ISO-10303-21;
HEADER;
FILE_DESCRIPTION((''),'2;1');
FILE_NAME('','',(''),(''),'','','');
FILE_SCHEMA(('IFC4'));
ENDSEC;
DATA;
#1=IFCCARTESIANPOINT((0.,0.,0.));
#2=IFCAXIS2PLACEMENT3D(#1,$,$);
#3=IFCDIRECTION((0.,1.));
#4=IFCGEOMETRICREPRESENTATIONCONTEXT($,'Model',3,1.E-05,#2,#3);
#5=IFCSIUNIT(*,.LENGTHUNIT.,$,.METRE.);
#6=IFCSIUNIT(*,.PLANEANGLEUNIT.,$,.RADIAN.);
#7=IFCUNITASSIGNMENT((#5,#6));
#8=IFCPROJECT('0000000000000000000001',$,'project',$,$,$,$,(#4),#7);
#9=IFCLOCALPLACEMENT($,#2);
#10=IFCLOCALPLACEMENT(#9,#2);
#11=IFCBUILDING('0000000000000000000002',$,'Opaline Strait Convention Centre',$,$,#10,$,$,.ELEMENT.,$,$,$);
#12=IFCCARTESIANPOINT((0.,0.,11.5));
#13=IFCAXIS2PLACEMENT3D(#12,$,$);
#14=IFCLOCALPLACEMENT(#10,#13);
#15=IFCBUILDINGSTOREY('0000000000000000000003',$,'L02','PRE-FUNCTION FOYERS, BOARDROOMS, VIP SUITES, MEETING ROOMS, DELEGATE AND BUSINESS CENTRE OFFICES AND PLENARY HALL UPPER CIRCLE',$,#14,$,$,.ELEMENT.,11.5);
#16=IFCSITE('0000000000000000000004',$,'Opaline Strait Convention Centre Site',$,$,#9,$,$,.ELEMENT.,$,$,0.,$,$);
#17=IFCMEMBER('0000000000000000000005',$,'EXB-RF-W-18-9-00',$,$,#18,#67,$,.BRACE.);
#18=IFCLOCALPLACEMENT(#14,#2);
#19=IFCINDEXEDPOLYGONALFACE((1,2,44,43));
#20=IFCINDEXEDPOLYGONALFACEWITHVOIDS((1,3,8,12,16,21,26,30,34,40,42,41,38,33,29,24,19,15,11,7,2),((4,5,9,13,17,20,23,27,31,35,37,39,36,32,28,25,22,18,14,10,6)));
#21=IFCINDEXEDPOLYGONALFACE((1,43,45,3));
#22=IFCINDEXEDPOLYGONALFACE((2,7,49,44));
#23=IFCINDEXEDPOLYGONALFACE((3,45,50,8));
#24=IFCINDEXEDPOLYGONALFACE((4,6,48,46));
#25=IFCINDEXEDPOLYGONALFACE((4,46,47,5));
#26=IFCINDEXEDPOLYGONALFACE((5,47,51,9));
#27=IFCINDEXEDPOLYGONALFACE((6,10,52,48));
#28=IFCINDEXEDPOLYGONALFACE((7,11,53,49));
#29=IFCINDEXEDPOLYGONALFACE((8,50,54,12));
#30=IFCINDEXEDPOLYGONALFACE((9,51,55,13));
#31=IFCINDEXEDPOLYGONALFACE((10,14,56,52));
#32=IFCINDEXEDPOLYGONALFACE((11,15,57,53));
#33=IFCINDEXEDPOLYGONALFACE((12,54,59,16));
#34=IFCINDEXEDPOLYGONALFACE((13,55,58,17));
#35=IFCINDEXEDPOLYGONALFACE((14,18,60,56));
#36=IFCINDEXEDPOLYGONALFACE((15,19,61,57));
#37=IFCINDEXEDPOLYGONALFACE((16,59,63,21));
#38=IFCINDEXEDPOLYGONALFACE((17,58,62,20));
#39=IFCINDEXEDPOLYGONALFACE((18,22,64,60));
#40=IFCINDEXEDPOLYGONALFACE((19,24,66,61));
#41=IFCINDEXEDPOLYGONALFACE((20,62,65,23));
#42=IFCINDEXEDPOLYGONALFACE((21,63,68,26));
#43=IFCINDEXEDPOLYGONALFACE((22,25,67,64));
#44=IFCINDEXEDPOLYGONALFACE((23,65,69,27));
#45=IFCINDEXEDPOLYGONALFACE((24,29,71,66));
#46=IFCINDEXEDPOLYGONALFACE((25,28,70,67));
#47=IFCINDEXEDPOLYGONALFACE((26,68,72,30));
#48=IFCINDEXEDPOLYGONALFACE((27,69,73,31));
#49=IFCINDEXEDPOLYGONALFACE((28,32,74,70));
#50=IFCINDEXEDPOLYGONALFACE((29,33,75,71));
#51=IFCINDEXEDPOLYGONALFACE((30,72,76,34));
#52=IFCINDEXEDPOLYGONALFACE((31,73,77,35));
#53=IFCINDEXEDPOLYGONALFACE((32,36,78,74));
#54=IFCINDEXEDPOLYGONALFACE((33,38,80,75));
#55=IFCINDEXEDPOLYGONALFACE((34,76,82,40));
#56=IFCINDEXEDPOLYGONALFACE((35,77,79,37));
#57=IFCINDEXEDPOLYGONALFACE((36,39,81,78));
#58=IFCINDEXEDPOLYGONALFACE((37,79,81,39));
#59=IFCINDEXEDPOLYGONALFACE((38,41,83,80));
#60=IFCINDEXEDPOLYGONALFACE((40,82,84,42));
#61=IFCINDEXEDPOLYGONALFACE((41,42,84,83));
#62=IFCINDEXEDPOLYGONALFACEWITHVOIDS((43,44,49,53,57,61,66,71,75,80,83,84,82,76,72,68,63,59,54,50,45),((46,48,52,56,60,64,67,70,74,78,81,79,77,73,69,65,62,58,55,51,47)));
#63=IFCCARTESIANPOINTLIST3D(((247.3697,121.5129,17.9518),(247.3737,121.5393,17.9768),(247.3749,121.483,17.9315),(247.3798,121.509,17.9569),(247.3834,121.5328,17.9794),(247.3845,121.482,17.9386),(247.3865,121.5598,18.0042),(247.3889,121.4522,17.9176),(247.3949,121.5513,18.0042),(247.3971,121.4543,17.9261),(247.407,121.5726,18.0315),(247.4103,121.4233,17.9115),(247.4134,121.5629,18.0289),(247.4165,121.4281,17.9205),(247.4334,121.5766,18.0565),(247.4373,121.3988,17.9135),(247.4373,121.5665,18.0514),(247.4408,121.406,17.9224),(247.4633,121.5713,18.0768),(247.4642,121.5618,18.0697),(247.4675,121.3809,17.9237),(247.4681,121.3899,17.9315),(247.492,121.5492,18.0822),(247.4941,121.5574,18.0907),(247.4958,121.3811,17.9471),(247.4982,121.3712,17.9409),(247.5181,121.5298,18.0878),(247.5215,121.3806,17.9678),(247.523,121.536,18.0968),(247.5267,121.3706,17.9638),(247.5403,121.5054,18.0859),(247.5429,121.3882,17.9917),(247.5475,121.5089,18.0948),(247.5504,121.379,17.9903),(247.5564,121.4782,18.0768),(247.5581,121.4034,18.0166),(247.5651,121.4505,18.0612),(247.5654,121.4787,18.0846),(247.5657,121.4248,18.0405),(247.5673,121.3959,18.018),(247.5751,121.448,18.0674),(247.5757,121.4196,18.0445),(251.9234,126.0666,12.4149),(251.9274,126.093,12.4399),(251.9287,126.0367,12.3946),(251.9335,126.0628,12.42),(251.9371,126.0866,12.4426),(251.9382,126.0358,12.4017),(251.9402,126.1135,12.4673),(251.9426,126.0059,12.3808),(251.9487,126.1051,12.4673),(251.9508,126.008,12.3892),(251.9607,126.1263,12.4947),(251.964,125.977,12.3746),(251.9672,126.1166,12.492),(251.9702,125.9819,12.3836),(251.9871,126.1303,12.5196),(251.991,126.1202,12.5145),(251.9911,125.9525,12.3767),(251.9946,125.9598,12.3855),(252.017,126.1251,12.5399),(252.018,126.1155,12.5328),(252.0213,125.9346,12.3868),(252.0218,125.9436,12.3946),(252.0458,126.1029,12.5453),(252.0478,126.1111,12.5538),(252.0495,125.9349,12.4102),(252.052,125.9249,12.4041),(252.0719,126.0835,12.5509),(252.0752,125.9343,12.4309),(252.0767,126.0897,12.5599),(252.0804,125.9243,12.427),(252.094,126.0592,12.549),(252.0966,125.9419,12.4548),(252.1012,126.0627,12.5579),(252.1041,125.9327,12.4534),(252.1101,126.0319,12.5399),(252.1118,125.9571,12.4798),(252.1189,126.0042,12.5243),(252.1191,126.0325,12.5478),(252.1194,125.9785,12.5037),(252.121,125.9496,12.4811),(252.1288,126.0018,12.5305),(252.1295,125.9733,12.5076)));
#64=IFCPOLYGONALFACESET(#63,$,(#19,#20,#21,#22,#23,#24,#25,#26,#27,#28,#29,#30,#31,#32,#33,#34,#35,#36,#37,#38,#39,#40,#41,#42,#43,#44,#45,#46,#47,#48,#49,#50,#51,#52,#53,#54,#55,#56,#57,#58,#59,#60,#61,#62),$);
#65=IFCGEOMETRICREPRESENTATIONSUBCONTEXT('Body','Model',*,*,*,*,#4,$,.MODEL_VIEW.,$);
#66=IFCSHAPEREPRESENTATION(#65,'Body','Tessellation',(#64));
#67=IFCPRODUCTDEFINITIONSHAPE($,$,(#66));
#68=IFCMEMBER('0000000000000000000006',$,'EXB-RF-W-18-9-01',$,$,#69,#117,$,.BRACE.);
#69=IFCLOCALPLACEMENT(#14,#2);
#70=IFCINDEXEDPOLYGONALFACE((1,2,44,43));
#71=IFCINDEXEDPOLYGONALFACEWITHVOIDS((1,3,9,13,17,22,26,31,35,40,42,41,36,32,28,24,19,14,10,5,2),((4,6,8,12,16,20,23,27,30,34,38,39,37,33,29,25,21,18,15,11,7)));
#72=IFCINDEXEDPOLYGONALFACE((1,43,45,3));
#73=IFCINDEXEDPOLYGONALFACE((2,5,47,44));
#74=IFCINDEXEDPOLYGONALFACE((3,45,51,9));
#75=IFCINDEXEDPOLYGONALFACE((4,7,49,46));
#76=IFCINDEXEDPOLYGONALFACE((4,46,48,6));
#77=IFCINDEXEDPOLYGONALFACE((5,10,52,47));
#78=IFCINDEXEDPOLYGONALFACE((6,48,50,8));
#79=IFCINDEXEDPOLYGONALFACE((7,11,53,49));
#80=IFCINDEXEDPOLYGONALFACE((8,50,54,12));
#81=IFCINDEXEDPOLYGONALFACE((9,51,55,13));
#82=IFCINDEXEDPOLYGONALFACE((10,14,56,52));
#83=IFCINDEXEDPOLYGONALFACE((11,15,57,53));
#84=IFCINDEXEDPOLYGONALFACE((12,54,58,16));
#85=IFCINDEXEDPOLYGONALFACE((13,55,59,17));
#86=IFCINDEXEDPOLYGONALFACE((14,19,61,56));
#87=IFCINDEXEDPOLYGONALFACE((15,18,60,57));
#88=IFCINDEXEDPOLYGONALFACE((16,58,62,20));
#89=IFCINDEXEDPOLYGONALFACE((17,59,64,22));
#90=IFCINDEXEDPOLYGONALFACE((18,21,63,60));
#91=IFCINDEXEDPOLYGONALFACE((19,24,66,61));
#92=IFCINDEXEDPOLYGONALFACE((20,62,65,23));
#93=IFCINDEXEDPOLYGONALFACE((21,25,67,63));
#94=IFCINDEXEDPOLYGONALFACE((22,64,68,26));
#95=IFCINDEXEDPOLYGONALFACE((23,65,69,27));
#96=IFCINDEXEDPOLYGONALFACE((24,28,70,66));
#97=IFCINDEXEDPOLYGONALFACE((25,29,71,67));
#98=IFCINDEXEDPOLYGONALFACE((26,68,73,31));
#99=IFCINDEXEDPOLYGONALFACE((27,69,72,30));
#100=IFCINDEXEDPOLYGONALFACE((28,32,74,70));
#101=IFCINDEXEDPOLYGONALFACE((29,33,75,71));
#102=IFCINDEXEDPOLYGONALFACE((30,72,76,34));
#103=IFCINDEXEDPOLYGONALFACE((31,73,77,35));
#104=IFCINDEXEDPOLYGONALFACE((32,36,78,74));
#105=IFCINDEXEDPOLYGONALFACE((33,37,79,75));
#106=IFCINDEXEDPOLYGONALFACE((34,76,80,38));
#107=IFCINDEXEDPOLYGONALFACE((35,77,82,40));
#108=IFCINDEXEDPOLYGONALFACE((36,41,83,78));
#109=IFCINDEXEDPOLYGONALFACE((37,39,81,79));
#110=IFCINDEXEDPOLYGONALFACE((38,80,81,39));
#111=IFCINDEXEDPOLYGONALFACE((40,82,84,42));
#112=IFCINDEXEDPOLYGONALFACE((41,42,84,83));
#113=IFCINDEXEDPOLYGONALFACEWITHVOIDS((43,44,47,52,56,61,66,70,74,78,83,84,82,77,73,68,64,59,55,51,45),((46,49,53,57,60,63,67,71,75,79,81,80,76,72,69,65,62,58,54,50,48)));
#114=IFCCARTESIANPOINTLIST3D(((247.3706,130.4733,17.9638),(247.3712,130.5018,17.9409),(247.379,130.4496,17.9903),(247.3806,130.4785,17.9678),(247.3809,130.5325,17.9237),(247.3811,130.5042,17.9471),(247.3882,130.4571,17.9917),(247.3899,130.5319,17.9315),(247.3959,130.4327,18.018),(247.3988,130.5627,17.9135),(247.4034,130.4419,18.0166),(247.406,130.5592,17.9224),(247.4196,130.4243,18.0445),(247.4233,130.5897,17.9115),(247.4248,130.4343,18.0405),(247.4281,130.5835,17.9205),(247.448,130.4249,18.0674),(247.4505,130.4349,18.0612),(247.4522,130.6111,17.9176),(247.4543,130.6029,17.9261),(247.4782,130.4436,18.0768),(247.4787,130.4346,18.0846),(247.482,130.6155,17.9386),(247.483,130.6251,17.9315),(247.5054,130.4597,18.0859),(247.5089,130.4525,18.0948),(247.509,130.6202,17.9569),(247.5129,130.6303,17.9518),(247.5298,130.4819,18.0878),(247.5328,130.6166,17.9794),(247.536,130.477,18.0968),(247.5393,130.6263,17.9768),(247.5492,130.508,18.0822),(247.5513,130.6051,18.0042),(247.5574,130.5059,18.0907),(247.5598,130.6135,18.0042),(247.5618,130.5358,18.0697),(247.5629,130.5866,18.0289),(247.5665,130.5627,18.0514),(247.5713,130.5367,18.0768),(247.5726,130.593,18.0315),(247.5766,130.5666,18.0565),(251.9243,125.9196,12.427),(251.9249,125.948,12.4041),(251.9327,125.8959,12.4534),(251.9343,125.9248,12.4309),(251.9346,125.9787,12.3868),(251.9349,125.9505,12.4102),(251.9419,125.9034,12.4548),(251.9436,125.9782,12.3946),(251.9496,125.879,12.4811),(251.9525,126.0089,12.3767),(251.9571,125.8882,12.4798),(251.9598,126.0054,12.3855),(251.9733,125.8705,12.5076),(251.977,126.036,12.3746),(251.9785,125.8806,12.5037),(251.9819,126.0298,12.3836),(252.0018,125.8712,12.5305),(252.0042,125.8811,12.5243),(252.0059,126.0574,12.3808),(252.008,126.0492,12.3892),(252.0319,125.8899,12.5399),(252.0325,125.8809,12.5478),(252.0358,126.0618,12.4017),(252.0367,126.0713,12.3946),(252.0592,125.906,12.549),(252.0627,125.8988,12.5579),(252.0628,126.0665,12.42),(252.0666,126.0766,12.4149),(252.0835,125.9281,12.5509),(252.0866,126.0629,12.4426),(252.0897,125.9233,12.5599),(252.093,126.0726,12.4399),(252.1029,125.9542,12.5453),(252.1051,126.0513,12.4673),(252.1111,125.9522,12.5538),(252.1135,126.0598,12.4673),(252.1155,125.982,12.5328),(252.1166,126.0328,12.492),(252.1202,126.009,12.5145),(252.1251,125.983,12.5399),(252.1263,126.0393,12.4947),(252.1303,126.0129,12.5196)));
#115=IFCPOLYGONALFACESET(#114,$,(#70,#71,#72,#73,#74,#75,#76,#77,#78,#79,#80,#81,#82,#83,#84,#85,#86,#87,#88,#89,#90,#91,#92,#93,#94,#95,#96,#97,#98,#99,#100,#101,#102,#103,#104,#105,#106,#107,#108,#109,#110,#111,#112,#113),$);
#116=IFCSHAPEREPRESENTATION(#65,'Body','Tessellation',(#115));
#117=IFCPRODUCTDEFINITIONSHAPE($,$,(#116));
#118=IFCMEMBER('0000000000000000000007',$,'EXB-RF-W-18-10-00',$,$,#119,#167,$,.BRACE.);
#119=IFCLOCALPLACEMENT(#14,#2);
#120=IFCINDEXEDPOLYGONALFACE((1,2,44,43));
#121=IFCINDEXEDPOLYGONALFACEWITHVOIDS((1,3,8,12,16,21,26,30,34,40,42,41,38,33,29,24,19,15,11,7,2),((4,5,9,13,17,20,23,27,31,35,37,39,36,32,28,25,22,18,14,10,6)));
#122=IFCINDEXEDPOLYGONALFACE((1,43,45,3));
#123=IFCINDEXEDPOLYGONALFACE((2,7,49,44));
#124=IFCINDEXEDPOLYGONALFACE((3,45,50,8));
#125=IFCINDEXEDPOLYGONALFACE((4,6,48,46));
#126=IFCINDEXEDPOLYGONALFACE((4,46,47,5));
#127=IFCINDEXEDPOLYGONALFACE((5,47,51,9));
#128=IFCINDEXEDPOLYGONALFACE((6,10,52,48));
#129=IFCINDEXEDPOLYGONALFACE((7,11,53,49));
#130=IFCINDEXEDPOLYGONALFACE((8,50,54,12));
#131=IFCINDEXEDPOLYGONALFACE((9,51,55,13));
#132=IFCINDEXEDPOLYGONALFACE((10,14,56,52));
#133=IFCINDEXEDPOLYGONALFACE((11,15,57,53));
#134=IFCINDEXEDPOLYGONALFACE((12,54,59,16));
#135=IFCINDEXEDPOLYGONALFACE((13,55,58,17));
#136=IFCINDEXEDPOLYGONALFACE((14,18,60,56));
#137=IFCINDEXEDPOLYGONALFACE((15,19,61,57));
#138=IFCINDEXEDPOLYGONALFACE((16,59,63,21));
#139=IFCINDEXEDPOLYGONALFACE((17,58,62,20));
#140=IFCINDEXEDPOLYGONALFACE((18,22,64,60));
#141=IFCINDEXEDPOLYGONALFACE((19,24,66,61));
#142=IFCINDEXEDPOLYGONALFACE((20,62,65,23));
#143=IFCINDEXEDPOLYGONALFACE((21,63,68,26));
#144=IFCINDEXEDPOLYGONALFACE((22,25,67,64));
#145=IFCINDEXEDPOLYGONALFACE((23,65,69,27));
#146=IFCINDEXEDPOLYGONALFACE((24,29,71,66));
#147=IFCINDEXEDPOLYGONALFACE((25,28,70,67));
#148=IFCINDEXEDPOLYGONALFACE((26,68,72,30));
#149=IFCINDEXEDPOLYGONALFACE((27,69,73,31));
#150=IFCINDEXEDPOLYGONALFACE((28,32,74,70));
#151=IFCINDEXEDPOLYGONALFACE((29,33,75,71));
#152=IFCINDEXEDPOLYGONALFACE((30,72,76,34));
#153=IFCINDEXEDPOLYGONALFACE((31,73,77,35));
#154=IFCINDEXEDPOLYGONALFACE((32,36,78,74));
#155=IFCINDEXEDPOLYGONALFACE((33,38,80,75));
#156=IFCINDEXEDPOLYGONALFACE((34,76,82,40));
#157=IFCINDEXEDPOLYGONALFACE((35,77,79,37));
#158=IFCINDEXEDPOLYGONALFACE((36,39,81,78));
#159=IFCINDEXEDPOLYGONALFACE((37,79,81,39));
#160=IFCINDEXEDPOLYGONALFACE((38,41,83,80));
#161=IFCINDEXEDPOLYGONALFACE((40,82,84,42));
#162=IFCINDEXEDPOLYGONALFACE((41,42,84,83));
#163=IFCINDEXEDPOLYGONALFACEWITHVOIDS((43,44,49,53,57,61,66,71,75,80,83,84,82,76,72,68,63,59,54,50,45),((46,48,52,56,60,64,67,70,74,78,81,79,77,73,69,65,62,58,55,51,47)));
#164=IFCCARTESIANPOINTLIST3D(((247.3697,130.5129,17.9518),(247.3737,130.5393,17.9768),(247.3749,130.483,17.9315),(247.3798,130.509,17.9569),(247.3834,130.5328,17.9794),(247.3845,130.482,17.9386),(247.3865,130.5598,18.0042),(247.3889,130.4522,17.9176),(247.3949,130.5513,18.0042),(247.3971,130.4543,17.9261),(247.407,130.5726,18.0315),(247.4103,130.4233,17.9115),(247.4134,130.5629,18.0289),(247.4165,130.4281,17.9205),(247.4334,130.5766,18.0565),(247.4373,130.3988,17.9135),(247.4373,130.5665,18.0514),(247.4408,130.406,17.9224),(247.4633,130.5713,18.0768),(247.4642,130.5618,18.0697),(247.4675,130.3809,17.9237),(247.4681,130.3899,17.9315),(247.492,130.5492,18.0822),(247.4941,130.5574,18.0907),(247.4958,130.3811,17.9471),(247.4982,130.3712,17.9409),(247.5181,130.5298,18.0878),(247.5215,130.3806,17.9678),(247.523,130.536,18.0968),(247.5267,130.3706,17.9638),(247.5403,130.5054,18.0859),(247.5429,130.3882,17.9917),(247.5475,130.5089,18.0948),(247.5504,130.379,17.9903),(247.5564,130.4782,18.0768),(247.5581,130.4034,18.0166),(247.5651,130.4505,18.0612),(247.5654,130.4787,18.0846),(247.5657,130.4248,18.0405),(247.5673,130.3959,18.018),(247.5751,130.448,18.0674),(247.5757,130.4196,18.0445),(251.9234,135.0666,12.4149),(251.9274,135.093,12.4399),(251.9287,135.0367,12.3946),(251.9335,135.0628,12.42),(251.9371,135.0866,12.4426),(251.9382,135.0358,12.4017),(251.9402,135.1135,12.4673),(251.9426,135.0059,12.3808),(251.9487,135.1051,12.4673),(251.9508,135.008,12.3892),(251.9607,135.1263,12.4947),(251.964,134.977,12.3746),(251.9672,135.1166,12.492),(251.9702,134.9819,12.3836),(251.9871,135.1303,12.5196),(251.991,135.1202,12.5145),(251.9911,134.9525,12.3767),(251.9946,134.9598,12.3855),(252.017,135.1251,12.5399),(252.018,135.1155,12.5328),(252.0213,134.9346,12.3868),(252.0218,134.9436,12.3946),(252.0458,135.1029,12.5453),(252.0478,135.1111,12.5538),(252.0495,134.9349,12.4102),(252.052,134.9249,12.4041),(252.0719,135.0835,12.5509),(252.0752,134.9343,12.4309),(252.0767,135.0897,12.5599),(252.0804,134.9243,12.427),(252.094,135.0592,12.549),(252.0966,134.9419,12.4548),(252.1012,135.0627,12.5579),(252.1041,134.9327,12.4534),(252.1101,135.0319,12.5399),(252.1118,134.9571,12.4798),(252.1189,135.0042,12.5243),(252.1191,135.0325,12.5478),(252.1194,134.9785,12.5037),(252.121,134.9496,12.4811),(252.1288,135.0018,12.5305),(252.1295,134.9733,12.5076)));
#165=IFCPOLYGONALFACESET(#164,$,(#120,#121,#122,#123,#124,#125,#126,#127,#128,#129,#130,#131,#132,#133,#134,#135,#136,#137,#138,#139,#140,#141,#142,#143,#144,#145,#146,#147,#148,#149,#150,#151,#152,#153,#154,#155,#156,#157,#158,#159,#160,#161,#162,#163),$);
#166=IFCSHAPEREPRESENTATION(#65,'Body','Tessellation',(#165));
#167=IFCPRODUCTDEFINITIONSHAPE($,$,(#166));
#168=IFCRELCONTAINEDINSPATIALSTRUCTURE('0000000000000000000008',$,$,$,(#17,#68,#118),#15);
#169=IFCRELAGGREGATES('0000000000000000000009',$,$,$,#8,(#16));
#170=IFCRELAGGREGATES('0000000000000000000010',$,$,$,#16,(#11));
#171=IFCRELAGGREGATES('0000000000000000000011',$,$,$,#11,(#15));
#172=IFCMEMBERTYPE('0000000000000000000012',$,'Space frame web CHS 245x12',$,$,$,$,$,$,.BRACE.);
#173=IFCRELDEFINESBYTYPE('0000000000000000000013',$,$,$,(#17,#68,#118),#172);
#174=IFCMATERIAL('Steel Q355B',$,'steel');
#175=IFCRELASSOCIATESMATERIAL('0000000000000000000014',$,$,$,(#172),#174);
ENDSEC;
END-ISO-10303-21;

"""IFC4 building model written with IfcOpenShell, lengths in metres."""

from ifc_helpers import new_model, si_unit, direction, frame, origin, origin_2d, place, context, subcontext, project, spatial, hollow_circle, extrude, material, material_profile, profile_set, type_object, element, save


model = new_model("IFC4")

# Units and contexts
model_context = context("Model", 3, precision=1e-05, world=origin(), true_north=direction((0.0, 1.0)))
body_context = subcontext(model_context, "Body", "Model", "MODEL_VIEW")
ifc_project = project(units=[si_unit("LENGTHUNIT", "METRE"), si_unit("PLANEANGLEUNIT", "RADIAN")], contexts=[model_context])

# Site, building, storey
site_placement = place(None, origin())
site = spatial("IfcSite", under=ifc_project, at=site_placement, Name="Opaline Strait Convention Centre Site", CompositionType="ELEMENT", RefElevation=0.0)
building_placement = place(site_placement, origin())
building = spatial("IfcBuilding", under=site, at=building_placement, Name="Opaline Strait Convention Centre", CompositionType="ELEMENT")
storey_placement = place(building_placement, frame((0.0, 0.0, 11.5)))
storey = spatial("IfcBuildingStorey", under=building, at=storey_placement, Name="L02", Description="PRE-FUNCTION FOYERS, BOARDROOMS, VIP SUITES, MEETING ROOMS, DELEGATE AND BUSINESS CENTRE OFFICES AND PLENARY HALL UPPER CIRCLE", CompositionType="ELEMENT", Elevation=11.5)

# Members
ifc_material = material(Name="Steel Q355B", Category="steel")
ifc_material_profile_1 = material_profile(ifc_material, hollow_circle(Radius=0.1226, WallThickness=0.012, at=origin_2d()), Name="CHS 245x12")
ifc_profile_set_1 = profile_set([ifc_material_profile_1], Name="Steel Q355B")
member_type_1 = type_object("IfcMemberType", Name="Space frame web CHS 245x12", PredefinedType="BRACE", material=ifc_profile_set_1)
for number, where, z_axis, x_axis, name in (
    (1, (247.4731, 121.4731, 18.0042), (0.536178, 0.536178, -0.65194), (-0.707107, 0.707107, 0.0), "EXB-RF-W-18-9-00"),
    (2, (247.4731, 130.5269, 18.0042), (0.536178, -0.536178, -0.65194), (0.707107, 0.707107, 0.0), "EXB-RF-W-18-9-01"),
    (3, (247.4731, 130.4731, 18.0042), (0.536178, 0.536178, -0.65194), (-0.707107, 0.707107, 0.0), "EXB-RF-W-18-10-00"),
):
    element("IfcMember", number, at=place(storey_placement, frame(where, z_axis=z_axis, x_axis=x_axis)), inside=storey, type_object=member_type_1, Name=name, PredefinedType="BRACE", context=body_context, shape_type="SweptSolid", body=[
        extrude(hollow_circle(Radius=0.1226, WallThickness=0.012, at=origin_2d()), origin(), (0.0, 0.0, 1.0), 8.4929),
    ])

save(model, "model.ifc")
